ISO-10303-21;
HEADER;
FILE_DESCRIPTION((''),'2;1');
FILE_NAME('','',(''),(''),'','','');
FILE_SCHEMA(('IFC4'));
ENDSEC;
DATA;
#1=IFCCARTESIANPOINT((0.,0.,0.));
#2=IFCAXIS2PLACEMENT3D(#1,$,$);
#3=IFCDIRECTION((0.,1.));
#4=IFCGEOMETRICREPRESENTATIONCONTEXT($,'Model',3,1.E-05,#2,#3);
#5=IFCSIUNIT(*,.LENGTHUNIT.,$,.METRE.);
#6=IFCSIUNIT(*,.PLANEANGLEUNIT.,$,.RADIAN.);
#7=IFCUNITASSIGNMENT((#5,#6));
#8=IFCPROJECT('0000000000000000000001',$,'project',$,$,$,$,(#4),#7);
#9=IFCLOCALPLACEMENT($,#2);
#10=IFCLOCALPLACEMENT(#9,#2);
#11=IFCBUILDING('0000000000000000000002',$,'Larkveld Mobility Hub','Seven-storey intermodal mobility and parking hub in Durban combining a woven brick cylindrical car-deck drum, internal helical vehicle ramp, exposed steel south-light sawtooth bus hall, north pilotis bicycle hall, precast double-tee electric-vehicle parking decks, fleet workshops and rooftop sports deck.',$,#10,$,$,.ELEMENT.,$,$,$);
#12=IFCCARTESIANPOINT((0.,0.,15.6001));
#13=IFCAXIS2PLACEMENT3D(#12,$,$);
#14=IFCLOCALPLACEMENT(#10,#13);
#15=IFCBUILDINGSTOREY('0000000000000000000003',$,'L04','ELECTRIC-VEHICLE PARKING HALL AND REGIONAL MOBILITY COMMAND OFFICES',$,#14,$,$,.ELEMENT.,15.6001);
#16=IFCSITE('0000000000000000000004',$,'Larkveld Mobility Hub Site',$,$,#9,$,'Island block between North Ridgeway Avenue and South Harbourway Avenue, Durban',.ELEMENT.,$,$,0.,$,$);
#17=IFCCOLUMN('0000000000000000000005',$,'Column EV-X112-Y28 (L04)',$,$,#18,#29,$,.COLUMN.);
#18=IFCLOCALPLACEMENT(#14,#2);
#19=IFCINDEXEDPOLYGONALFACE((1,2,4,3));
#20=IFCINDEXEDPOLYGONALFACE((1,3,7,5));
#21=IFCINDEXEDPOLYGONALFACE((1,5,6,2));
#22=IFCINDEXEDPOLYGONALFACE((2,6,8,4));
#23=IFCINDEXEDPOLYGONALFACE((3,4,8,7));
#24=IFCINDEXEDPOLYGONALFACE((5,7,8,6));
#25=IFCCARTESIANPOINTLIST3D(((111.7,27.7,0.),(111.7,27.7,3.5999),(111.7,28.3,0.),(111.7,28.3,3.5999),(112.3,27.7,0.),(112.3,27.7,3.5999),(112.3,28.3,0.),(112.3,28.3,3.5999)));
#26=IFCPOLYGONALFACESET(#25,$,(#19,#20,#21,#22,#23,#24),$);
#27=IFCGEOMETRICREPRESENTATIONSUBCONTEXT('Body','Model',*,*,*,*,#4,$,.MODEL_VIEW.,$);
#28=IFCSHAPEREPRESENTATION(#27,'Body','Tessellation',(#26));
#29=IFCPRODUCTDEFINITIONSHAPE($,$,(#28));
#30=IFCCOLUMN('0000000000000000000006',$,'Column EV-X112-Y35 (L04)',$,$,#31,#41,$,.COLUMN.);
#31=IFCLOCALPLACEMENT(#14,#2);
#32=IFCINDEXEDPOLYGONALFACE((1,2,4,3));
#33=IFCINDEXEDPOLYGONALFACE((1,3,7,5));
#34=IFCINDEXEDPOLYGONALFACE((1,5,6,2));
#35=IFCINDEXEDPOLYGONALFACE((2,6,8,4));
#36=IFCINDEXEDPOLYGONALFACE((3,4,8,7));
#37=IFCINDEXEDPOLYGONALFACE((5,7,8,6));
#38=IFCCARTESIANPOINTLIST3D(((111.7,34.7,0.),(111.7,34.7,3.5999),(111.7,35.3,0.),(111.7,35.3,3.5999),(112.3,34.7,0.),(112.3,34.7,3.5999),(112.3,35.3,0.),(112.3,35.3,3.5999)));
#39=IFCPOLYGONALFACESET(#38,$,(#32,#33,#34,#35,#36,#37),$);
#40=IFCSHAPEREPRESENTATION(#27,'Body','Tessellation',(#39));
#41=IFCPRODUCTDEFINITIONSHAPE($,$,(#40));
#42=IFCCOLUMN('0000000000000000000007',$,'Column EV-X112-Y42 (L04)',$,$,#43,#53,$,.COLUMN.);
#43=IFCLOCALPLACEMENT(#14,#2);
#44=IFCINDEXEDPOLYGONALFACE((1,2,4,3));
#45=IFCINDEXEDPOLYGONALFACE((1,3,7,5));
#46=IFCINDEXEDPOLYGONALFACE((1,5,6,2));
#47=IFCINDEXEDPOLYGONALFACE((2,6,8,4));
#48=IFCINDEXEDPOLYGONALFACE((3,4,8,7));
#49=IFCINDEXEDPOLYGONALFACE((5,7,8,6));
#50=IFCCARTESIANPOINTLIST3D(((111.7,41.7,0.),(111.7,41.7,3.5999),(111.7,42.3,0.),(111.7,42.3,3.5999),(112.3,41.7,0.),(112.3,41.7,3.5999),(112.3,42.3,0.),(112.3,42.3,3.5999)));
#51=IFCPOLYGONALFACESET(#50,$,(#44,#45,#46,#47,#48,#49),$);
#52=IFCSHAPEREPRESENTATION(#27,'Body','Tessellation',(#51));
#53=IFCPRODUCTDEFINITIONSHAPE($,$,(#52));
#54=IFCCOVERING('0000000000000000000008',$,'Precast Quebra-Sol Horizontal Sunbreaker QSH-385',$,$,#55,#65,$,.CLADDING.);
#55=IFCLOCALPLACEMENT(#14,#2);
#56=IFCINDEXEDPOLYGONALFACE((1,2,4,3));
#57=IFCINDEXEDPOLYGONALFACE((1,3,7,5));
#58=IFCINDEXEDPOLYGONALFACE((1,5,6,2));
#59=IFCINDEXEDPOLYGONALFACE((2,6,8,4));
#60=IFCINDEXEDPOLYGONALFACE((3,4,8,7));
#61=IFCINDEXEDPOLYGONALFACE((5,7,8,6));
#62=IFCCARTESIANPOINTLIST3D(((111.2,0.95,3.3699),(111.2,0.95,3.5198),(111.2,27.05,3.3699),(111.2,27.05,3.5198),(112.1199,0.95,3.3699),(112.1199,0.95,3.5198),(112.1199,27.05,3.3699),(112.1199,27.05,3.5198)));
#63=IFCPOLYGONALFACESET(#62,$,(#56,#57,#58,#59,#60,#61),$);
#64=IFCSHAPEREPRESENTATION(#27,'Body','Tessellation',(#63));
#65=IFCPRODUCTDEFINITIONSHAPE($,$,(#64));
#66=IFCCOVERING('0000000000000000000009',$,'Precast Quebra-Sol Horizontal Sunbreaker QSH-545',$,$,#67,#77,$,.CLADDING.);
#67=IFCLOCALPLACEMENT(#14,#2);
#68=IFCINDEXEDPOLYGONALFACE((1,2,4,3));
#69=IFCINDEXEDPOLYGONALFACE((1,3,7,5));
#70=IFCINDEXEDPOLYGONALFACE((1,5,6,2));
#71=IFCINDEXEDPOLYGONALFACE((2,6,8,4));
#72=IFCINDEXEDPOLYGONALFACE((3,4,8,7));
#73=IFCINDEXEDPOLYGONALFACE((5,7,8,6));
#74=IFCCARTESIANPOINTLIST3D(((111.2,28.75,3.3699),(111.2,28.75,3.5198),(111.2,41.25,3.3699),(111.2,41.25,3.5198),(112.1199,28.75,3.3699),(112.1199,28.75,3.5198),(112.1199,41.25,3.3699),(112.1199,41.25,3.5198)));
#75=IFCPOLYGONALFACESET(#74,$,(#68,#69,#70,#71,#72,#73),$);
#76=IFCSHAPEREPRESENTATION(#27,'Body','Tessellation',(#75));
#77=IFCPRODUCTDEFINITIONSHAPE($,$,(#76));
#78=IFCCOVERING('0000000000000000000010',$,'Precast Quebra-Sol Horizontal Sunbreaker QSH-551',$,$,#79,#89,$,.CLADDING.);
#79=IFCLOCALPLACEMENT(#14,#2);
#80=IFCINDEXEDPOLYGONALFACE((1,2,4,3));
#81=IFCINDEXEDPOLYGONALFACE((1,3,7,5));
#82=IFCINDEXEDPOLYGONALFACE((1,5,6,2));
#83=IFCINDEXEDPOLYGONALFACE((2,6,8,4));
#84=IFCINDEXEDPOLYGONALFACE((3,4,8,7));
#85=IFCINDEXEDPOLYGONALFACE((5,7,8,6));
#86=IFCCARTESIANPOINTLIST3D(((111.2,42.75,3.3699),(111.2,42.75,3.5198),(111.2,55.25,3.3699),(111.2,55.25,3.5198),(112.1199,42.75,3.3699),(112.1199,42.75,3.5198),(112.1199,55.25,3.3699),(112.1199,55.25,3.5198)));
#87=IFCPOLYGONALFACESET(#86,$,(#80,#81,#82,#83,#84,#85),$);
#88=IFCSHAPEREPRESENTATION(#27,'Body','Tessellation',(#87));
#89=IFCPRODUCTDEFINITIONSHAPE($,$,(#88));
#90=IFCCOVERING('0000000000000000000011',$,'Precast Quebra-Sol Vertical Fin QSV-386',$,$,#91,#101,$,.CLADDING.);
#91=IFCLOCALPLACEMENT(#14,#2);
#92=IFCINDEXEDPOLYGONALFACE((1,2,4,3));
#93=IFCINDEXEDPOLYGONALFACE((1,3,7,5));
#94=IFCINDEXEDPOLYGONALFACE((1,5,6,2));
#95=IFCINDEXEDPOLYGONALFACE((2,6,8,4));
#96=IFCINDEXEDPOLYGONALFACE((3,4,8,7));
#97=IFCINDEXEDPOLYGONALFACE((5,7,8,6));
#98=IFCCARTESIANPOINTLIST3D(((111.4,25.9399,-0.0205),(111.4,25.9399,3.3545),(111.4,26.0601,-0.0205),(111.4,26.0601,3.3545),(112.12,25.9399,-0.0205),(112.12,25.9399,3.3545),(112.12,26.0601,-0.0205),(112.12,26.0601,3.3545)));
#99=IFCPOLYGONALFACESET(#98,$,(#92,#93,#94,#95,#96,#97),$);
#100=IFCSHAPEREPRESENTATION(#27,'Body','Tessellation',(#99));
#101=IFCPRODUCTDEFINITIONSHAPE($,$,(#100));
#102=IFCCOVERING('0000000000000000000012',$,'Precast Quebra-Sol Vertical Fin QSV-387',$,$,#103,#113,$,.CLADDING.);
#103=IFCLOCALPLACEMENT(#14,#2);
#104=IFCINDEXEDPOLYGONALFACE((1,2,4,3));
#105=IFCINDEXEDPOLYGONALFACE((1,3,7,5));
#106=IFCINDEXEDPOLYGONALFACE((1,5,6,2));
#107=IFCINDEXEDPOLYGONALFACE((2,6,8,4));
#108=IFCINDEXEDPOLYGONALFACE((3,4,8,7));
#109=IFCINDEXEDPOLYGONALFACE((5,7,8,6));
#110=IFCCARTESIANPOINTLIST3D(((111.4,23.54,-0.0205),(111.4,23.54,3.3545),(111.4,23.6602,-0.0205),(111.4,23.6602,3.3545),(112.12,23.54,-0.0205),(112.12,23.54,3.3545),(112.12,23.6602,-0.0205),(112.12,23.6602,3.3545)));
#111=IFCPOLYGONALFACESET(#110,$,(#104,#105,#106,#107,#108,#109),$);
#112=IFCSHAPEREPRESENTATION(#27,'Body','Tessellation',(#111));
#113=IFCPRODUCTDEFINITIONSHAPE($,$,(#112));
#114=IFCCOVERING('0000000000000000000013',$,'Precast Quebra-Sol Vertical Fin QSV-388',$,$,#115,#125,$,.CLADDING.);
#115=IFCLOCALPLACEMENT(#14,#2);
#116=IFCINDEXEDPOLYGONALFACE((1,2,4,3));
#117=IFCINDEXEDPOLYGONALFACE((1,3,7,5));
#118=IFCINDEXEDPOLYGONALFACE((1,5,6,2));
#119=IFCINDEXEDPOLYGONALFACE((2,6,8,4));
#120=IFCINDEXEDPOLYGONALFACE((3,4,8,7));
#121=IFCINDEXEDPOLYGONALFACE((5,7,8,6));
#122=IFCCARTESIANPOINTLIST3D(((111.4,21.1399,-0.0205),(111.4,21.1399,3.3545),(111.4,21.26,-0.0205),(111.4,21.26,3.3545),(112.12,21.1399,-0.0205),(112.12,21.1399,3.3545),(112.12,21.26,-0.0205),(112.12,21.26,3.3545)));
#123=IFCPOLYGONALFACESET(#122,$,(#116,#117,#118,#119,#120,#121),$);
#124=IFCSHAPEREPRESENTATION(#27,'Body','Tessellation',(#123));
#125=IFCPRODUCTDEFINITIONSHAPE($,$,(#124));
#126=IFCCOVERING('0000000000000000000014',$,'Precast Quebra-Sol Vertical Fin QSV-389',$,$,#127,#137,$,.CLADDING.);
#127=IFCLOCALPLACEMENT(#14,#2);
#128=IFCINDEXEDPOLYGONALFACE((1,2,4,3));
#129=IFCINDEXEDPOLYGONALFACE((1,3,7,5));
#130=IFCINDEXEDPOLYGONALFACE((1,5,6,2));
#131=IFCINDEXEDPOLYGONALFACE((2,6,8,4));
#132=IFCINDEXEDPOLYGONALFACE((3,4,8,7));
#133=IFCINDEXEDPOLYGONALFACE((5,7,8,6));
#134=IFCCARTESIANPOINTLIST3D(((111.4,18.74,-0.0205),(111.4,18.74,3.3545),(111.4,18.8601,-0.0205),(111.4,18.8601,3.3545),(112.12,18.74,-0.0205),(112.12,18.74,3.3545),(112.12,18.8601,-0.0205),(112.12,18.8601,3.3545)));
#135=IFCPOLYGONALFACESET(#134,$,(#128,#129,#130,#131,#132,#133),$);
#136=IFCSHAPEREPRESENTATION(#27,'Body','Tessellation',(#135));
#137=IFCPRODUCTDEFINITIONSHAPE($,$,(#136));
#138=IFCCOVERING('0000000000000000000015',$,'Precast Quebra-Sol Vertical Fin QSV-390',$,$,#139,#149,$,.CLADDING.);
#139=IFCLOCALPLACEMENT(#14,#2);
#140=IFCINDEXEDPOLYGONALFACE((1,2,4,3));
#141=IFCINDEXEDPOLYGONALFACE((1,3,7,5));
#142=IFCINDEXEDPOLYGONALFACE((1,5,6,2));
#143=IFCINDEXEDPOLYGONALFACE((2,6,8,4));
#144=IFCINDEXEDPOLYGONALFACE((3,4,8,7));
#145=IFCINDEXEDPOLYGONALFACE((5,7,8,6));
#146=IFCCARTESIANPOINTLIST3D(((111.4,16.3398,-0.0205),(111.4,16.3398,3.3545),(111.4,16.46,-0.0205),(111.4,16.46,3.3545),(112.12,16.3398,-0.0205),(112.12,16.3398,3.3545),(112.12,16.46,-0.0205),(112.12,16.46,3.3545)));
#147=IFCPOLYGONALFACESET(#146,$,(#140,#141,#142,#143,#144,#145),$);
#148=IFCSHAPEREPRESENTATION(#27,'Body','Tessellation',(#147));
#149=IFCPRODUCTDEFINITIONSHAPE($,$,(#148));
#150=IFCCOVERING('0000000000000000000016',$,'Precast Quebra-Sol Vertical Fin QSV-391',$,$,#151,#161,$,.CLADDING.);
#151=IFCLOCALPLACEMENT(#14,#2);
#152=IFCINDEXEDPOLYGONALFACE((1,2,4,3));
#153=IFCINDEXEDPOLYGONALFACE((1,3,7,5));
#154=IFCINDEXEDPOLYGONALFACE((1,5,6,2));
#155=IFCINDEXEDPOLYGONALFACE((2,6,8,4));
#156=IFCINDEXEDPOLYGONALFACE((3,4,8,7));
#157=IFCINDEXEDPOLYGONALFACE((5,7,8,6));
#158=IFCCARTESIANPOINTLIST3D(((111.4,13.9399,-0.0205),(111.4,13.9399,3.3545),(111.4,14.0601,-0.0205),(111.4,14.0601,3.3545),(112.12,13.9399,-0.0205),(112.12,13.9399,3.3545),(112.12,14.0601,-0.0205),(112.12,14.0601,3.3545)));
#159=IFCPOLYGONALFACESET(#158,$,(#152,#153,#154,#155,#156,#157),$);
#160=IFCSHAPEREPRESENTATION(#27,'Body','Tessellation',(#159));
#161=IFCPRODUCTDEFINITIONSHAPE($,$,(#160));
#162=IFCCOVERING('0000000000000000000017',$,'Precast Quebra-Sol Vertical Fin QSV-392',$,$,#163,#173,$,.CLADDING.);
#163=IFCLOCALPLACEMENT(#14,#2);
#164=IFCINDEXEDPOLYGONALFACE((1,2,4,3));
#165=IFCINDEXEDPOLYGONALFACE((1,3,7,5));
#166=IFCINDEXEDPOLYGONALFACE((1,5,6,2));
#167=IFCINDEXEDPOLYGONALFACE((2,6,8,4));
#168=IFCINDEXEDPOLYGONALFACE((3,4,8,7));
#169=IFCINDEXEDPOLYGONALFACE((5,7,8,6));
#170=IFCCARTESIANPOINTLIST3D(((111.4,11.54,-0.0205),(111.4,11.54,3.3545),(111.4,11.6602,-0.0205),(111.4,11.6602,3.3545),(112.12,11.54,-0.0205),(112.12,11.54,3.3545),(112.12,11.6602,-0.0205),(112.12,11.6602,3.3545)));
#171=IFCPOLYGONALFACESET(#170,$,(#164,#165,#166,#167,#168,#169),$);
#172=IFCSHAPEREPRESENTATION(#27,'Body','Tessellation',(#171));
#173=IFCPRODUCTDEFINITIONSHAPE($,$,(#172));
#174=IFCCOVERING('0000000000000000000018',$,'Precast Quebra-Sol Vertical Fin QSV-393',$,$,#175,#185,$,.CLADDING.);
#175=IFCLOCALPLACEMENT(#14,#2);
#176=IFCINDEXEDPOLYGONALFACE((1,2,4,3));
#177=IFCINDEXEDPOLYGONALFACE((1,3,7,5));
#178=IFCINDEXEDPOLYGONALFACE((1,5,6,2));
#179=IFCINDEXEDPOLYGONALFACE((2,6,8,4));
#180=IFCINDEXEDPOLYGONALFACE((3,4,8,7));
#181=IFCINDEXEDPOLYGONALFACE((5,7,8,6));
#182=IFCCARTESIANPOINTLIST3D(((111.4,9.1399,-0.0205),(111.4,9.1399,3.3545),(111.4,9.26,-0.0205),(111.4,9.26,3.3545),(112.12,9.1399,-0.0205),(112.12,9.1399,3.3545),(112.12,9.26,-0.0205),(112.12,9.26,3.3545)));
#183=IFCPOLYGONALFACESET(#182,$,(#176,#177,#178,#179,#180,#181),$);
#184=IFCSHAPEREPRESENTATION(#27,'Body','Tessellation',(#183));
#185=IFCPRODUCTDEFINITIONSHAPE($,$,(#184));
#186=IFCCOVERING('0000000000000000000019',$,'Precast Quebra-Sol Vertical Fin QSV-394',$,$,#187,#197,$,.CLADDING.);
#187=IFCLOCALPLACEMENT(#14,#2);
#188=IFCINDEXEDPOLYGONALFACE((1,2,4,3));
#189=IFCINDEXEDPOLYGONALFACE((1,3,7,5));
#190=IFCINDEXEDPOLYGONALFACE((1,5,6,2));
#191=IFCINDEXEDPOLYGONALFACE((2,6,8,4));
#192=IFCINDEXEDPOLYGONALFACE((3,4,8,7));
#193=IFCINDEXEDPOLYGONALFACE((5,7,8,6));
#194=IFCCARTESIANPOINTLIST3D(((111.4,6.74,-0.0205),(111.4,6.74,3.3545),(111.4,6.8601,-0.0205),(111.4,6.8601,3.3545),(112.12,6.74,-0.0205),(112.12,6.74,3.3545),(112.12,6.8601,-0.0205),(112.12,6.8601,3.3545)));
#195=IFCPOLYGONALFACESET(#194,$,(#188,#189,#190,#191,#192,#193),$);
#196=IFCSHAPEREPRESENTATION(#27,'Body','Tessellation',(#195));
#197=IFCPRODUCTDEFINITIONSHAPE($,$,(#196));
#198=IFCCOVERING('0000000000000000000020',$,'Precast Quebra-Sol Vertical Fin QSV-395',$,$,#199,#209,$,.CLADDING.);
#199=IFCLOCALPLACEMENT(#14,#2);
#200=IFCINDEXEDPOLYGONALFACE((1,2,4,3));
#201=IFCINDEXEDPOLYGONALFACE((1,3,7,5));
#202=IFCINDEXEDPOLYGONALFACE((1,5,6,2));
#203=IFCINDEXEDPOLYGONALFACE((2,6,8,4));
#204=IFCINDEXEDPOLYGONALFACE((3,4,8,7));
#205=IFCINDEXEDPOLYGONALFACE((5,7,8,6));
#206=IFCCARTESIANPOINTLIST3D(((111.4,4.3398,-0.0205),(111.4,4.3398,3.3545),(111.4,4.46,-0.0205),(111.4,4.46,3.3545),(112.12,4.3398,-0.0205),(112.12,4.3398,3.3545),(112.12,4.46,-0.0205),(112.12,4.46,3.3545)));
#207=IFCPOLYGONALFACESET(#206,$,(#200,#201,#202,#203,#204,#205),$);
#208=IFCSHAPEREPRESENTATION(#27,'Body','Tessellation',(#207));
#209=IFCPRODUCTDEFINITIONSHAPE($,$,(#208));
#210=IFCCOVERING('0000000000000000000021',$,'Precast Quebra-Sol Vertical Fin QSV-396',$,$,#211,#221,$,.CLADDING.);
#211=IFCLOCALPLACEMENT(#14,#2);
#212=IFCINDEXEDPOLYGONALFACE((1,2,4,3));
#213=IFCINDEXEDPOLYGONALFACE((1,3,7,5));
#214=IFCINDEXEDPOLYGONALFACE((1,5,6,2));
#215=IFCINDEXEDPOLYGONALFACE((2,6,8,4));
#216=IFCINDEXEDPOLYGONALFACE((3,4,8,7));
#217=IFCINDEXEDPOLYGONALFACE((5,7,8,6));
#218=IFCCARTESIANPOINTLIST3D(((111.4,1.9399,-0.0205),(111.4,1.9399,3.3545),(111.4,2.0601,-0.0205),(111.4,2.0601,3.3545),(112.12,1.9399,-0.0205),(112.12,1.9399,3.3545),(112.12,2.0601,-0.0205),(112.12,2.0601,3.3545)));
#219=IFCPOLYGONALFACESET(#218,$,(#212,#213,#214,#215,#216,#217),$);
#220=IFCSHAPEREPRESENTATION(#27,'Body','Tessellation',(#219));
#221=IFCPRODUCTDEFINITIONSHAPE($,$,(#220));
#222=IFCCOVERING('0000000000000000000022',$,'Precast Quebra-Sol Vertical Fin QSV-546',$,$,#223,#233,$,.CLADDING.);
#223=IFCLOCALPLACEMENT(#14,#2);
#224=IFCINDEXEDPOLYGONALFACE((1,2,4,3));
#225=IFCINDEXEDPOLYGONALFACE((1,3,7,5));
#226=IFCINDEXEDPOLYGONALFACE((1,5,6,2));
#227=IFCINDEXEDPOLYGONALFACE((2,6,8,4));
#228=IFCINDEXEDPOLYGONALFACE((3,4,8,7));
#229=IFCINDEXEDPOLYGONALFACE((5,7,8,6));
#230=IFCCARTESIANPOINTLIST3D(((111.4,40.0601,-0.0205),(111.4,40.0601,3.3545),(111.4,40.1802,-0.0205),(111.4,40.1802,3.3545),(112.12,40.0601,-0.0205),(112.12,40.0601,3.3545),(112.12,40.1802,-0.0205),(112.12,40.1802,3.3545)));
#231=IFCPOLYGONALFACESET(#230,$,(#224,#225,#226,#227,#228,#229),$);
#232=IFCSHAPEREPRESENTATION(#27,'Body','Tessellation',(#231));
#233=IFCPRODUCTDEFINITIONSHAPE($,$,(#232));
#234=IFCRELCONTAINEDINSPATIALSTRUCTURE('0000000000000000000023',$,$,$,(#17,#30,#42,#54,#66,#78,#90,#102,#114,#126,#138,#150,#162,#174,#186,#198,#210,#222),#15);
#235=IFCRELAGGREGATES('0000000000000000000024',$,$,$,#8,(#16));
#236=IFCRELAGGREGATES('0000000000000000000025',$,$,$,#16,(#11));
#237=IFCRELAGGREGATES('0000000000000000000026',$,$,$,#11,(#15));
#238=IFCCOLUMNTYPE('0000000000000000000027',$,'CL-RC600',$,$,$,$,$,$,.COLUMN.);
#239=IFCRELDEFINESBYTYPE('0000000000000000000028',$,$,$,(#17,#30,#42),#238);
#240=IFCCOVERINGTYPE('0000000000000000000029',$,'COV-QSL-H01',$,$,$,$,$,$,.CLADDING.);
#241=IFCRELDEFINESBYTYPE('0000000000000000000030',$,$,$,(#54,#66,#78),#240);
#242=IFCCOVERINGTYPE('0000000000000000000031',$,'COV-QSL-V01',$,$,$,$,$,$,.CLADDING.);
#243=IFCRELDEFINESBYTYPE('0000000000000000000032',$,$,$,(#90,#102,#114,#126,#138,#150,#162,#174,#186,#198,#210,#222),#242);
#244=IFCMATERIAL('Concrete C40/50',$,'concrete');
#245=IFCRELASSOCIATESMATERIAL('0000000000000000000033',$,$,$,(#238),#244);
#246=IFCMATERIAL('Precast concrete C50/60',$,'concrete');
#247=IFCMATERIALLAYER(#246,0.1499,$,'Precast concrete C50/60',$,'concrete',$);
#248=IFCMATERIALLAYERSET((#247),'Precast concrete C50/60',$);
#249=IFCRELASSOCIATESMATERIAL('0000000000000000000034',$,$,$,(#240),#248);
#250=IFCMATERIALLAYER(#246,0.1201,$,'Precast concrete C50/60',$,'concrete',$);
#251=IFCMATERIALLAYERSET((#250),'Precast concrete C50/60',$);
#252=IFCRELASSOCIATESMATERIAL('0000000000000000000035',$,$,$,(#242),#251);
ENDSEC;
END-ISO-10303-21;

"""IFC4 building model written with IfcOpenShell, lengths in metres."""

from ifc_helpers import new_model, si_unit, direction, frame, origin, origin_2d, place, context, subcontext, project, spatial, rectangle, extrude, material, layer, layer_set, material_profile, profile_set, type_object, element, save


model = new_model("IFC4")

# Units and contexts
model_context = context("Model", 3, precision=1e-05, world=origin(), true_north=direction((0.0, 1.0)))
body_context = subcontext(model_context, "Body", "Model", "MODEL_VIEW")
ifc_project = project(units=[si_unit("LENGTHUNIT", "METRE"), si_unit("PLANEANGLEUNIT", "RADIAN")], contexts=[model_context])

# Site, building, storey
site_placement = place(None, origin())
site = spatial("IfcSite", under=ifc_project, at=site_placement, Name="Larkveld Mobility Hub Site", LongName="Island block between North Ridgeway Avenue and South Harbourway Avenue, Durban", CompositionType="ELEMENT", RefElevation=0.0)
building_placement = place(site_placement, origin())
building = spatial("IfcBuilding", under=site, at=building_placement, Name="Larkveld Mobility Hub", Description="Seven-storey intermodal mobility and parking hub in Durban combining a woven brick cylindrical car-deck drum, internal helical vehicle ramp, exposed steel south-light sawtooth bus hall, north pilotis bicycle hall, precast double-tee electric-vehicle parking decks, fleet workshops and rooftop sports deck.", CompositionType="ELEMENT")
storey_placement = place(building_placement, frame((0.0, 0.0, 15.6001)))
storey = spatial("IfcBuildingStorey", under=building, at=storey_placement, Name="L04", Description="ELECTRIC-VEHICLE PARKING HALL AND REGIONAL MOBILITY COMMAND OFFICES", CompositionType="ELEMENT", Elevation=15.6001)

# Columns
ifc_material_1 = material(Name="Concrete C40/50", Category="concrete")
ifc_material_profile = material_profile(ifc_material_1, rectangle(XDim=0.6001, YDim=0.6001, at=origin_2d()), Name="RC COL 600x600")
ifc_profile_set = profile_set([ifc_material_profile], Name="Concrete C40/50")
column_type = type_object("IfcColumnType", Name="CL-RC600", PredefinedType="COLUMN", material=ifc_profile_set)
for number, where, z_axis, x_axis, name in (
    (1, (112.0, 28.0, 0.0), (0.0, 0.0, 1.0), (1.0, 0.0, 0.0), "Column EV-X112-Y28 (L04)"),
    (2, (112.0, 35.0, 0.0), (0.0, 0.0, 1.0), (1.0, 0.0, 0.0), "Column EV-X112-Y35 (L04)"),
    (3, (112.0, 42.0, 0.0), (0.0, 0.0, 1.0), (1.0, 0.0, 0.0), "Column EV-X112-Y42 (L04)"),
):
    element("IfcColumn", number, at=place(storey_placement, frame(where, z_axis=z_axis, x_axis=x_axis)), inside=storey, type_object=column_type, Name=name, PredefinedType="COLUMN", context=body_context, shape_type="SweptSolid", body=[
        extrude(rectangle(XDim=0.6001, YDim=0.6001, at=origin_2d()), origin(), (0.0, 0.0, 1.0), 3.5999),
    ])

# Coverings
ifc_material_2 = material(Name="Precast concrete C50/60", Category="concrete")
ifc_layer_1 = layer(ifc_material_2, 0.1499, Name="Precast concrete C50/60", Category="concrete")
ifc_layer_set_1 = layer_set([ifc_layer_1], Name="Precast concrete C50/60")
covering_type_1 = type_object("IfcCoveringType", Name="COV-QSL-H01", PredefinedType="CLADDING", material=ifc_layer_set_1)
covering_placement = place(storey_placement, frame((111.6599, 14.0, 3.3699), z_axis=(0.0, 0.0, 1.0), x_axis=(0.0, -1.0, 0.0)))
element("IfcCovering", 4, at=covering_placement, inside=storey, type_object=covering_type_1, Name="Precast Quebra-Sol Horizontal Sunbreaker QSH-385", PredefinedType="CLADDING", context=body_context, shape_type="SweptSolid", body=[
    extrude(rectangle(XDim=26.1001, YDim=0.9199, at=origin_2d()), origin(), (0.0, 0.0, 1.0), 0.1499),
])
for number, where, z_axis, x_axis, name in (
    (5, (111.6599, 35.0, 3.3699), (0.0, 0.0, 1.0), (0.0, -1.0, 0.0), "Precast Quebra-Sol Horizontal Sunbreaker QSH-545"),
    (6, (111.6599, 49.0, 3.3699), (0.0, 0.0, 1.0), (0.0, -1.0, 0.0), "Precast Quebra-Sol Horizontal Sunbreaker QSH-551"),
):
    element("IfcCovering", number, at=place(storey_placement, frame(where, z_axis=z_axis, x_axis=x_axis)), inside=storey, type_object=covering_type_1, Name=name, PredefinedType="CLADDING", context=body_context, shape_type="SweptSolid", body=[
        extrude(rectangle(XDim=12.5, YDim=0.9199, at=origin_2d()), origin(), (0.0, 0.0, 1.0), 0.1499),
    ])
ifc_layer_2 = layer(ifc_material_2, 0.1201, Name="Precast concrete C50/60", Category="concrete")
ifc_layer_set_2 = layer_set([ifc_layer_2], Name="Precast concrete C50/60")
covering_type_2 = type_object("IfcCoveringType", Name="COV-QSL-V01", PredefinedType="CLADDING", material=ifc_layer_set_2)
for number, where, z_axis, x_axis, name in (
    (7, (111.76, 26.0, -0.0205), (0.0, 0.0, 1.0), (0.0, -1.0, 0.0), "Precast Quebra-Sol Vertical Fin QSV-386"),
    (8, (111.76, 23.6001, -0.0205), (0.0, 0.0, 1.0), (0.0, -1.0, 0.0), "Precast Quebra-Sol Vertical Fin QSV-387"),
    (9, (111.76, 21.2, -0.0205), (0.0, 0.0, 1.0), (0.0, -1.0, 0.0), "Precast Quebra-Sol Vertical Fin QSV-388"),
    (10, (111.76, 18.8, -0.0205), (0.0, 0.0, 1.0), (0.0, -1.0, 0.0), "Precast Quebra-Sol Vertical Fin QSV-389"),
    (11, (111.76, 16.3999, -0.0205), (0.0, 0.0, 1.0), (0.0, -1.0, 0.0), "Precast Quebra-Sol Vertical Fin QSV-390"),
    (12, (111.76, 14.0, -0.0205), (0.0, 0.0, 1.0), (0.0, -1.0, 0.0), "Precast Quebra-Sol Vertical Fin QSV-391"),
    (13, (111.76, 11.6001, -0.0205), (0.0, 0.0, 1.0), (0.0, -1.0, 0.0), "Precast Quebra-Sol Vertical Fin QSV-392"),
    (14, (111.76, 9.2, -0.0205), (0.0, 0.0, 1.0), (0.0, -1.0, 0.0), "Precast Quebra-Sol Vertical Fin QSV-393"),
    (15, (111.76, 6.8, -0.0205), (0.0, 0.0, 1.0), (0.0, -1.0, 0.0), "Precast Quebra-Sol Vertical Fin QSV-394"),
    (16, (111.76, 4.3999, -0.0205), (0.0, 0.0, 1.0), (0.0, -1.0, 0.0), "Precast Quebra-Sol Vertical Fin QSV-395"),
    (17, (111.76, 2.0, -0.0205), (0.0, 0.0, 1.0), (0.0, -1.0, 0.0), "Precast Quebra-Sol Vertical Fin QSV-396"),
    (18, (111.76, 40.1201, -0.0205), (0.0, 0.0, 1.0), (0.0, -1.0, 0.0), "Precast Quebra-Sol Vertical Fin QSV-546"),
):
    element("IfcCovering", number, at=place(storey_placement, frame(where, z_axis=z_axis, x_axis=x_axis)), inside=storey, type_object=covering_type_2, Name=name, PredefinedType="CLADDING", context=body_context, shape_type="SweptSolid", body=[
        extrude(rectangle(XDim=0.1201, YDim=0.72, at=origin_2d()), origin(), (0.0, 0.0, 1.0), 3.375),
    ])

save(model, "model.ifc")
